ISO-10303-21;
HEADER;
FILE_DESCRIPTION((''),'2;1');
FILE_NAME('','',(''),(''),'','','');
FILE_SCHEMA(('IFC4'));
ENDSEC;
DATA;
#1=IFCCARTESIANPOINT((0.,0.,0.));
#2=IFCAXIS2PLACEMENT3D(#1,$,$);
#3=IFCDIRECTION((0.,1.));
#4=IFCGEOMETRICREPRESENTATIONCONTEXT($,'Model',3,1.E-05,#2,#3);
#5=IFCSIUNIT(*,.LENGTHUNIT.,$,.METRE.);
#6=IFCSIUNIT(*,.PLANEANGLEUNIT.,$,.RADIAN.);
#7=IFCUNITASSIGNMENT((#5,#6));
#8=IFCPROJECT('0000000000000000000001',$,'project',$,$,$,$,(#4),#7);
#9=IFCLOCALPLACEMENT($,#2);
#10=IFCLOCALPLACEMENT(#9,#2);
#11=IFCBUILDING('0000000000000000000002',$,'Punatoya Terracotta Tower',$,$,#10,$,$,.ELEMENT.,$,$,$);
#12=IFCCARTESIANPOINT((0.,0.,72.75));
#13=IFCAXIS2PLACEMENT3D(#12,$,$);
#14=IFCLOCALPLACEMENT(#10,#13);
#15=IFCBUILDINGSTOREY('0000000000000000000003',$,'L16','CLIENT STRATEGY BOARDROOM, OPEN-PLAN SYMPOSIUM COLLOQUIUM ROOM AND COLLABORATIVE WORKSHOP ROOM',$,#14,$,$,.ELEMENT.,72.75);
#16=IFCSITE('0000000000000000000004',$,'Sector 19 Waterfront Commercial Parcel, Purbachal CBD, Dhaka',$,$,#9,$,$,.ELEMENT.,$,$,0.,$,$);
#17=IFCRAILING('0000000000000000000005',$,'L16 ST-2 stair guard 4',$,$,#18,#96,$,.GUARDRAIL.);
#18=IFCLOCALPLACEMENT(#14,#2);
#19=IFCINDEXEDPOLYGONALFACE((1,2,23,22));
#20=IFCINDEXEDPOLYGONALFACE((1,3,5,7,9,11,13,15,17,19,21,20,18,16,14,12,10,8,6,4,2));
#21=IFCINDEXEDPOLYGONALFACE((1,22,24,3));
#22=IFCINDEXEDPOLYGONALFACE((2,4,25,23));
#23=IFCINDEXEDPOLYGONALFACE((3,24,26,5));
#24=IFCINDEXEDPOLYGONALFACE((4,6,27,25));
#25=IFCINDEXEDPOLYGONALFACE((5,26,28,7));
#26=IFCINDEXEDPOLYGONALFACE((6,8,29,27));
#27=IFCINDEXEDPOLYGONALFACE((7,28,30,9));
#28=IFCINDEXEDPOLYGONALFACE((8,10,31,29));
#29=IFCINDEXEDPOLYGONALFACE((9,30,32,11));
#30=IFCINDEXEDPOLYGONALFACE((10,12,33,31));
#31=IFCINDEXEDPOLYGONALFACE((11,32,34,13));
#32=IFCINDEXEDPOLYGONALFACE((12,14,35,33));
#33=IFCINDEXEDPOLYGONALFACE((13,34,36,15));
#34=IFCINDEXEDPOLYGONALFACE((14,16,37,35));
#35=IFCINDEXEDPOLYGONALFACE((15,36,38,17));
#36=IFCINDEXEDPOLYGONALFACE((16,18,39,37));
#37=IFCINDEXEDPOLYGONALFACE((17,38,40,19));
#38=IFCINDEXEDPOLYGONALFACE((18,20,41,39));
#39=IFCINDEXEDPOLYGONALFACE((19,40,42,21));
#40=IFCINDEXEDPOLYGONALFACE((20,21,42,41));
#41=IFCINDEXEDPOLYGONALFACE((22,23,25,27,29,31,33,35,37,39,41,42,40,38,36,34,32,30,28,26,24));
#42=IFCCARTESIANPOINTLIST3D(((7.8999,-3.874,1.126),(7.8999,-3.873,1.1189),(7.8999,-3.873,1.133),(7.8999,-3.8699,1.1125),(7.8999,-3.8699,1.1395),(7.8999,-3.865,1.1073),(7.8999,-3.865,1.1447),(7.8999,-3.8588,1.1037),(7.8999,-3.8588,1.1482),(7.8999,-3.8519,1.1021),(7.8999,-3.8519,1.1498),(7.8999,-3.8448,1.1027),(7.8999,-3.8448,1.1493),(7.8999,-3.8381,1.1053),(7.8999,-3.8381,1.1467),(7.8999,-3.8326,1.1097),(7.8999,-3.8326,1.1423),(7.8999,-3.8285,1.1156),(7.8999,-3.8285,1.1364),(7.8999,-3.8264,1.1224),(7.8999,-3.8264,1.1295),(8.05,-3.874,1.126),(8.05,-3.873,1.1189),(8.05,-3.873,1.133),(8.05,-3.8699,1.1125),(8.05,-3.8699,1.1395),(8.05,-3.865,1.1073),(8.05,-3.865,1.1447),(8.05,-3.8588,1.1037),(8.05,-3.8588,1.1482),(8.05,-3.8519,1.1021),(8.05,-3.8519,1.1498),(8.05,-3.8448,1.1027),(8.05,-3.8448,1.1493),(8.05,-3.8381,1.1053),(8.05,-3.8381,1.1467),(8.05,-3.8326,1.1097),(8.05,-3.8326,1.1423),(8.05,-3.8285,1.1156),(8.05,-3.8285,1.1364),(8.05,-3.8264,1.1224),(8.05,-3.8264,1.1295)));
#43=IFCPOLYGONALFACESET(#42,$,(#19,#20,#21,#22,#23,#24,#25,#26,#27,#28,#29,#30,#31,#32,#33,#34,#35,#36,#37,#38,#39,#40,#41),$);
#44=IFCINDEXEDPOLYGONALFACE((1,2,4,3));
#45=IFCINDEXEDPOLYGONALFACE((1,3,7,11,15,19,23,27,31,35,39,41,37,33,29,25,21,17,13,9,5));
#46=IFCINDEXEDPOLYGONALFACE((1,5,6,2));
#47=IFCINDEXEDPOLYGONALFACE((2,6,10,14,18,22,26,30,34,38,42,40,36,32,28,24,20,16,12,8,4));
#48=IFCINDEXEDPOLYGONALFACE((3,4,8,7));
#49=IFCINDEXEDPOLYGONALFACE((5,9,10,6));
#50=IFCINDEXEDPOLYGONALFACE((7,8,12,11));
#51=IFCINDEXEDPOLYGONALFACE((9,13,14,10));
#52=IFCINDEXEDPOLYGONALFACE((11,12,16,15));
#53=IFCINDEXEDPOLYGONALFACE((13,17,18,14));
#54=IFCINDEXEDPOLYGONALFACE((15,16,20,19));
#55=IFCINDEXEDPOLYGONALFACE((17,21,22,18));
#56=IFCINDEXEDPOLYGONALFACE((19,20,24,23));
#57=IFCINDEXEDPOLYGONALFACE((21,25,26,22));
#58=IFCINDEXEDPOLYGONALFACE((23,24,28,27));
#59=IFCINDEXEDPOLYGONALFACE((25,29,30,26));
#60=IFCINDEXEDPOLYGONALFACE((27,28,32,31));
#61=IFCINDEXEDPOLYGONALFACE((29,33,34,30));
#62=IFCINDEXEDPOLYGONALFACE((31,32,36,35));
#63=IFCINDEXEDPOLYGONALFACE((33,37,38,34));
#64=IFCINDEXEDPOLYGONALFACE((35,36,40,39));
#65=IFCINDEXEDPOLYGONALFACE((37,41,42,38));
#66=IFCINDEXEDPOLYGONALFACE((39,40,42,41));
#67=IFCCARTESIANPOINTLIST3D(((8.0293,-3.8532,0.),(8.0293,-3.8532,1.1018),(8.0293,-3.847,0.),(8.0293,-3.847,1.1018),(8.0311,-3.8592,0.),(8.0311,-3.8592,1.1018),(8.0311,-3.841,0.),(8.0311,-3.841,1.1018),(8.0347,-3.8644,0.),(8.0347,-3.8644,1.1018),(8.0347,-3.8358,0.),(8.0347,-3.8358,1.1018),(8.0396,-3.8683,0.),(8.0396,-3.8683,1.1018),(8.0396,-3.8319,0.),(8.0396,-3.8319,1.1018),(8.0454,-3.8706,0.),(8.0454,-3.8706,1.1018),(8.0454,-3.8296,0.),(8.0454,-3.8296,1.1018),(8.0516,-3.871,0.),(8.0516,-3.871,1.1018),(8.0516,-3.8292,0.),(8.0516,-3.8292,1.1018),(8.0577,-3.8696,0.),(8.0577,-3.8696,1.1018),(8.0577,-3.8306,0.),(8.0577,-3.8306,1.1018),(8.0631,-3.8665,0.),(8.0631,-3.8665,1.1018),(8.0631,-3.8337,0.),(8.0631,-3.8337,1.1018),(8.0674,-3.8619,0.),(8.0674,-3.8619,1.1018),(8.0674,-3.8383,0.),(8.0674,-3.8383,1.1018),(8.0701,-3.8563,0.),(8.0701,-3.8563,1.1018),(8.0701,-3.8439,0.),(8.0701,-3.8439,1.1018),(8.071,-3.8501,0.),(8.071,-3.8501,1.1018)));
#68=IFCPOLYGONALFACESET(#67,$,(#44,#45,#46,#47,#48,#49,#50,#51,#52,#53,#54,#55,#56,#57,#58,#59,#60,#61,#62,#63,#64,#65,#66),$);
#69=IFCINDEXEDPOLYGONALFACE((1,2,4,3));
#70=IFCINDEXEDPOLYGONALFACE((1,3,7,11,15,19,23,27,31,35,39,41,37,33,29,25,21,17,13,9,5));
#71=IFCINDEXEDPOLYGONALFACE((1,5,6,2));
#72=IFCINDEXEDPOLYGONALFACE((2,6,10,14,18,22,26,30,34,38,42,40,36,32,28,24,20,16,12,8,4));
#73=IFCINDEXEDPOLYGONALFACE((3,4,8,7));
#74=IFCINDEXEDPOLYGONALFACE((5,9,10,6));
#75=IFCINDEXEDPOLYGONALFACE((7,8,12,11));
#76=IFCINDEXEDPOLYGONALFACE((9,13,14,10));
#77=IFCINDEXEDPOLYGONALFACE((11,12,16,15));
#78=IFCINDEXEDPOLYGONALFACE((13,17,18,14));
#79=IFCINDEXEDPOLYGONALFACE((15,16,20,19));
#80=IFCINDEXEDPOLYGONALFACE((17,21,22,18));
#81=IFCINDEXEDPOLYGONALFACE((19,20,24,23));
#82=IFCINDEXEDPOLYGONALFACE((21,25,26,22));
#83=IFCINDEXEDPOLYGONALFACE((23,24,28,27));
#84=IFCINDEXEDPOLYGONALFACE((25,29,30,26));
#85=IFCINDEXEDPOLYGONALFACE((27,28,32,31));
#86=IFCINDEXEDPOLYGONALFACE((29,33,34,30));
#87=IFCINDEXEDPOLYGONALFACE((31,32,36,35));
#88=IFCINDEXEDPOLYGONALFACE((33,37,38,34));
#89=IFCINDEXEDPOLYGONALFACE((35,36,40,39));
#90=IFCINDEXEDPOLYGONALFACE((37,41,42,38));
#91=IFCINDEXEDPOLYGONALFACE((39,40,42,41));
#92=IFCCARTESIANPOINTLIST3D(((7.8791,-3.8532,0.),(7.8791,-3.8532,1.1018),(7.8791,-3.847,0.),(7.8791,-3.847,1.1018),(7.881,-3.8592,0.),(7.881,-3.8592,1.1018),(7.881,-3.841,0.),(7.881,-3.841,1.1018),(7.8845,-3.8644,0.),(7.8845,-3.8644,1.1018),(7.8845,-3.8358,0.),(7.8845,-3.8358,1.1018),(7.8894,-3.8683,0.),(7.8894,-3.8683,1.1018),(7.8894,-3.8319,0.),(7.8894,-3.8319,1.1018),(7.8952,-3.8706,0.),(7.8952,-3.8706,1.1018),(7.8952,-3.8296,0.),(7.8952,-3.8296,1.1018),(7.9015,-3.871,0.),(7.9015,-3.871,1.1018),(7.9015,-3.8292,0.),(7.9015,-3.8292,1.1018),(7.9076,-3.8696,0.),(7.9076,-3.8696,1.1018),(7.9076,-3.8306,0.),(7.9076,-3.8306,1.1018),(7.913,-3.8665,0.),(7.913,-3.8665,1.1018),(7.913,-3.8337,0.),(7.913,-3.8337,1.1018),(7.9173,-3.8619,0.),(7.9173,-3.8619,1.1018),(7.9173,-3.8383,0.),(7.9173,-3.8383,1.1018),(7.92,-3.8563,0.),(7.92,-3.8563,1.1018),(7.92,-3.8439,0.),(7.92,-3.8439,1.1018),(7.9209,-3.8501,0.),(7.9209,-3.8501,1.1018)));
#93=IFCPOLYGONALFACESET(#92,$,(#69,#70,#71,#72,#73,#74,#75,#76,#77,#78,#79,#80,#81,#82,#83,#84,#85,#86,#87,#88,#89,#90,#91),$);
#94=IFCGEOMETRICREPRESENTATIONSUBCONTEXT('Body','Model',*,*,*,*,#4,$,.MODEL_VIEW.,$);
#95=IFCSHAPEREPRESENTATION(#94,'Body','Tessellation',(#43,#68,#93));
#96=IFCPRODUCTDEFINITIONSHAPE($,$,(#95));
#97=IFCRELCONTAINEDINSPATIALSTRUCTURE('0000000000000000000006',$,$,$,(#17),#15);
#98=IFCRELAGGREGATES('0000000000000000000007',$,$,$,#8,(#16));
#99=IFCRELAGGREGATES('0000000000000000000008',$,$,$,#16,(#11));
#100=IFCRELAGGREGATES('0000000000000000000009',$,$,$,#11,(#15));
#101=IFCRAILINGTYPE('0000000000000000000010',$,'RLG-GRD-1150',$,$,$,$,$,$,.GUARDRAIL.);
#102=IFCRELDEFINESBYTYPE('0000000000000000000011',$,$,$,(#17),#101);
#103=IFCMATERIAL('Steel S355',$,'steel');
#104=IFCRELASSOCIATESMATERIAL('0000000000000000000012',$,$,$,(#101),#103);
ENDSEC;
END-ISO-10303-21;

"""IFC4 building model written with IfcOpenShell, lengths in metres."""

from ifc_helpers import new_model, si_unit, direction, frame, origin, origin_2d, place, context, subcontext, project, spatial, circle, extrude, material, type_object, element, save


model = new_model("IFC4")

# Units and contexts
model_context = context("Model", 3, precision=1e-05, world=origin(), true_north=direction((0.0, 1.0)))
body_context = subcontext(model_context, "Body", "Model", "MODEL_VIEW")
ifc_project = project(units=[si_unit("LENGTHUNIT", "METRE"), si_unit("PLANEANGLEUNIT", "RADIAN")], contexts=[model_context])

# Site, building, storey
site_placement = place(None, origin())
site = spatial("IfcSite", under=ifc_project, at=site_placement, Name="Sector 19 Waterfront Commercial Parcel, Purbachal CBD, Dhaka", CompositionType="ELEMENT", RefElevation=0.0)
building_placement = place(site_placement, origin())
building = spatial("IfcBuilding", under=site, at=building_placement, Name="Punatoya Terracotta Tower", CompositionType="ELEMENT")
storey_placement = place(building_placement, frame((0.0, 0.0, 72.75)))
storey = spatial("IfcBuildingStorey", under=building, at=storey_placement, Name="L16", Description="CLIENT STRATEGY BOARDROOM, OPEN-PLAN SYMPOSIUM COLLOQUIUM ROOM AND COLLABORATIVE WORKSHOP ROOM", CompositionType="ELEMENT", Elevation=72.75)

# Railing
ifc_material_1 = material(Name="Steel S355", Category="steel")
railing_type = type_object("IfcRailingType", Name="RLG-GRD-1150", PredefinedType="GUARDRAIL", material=ifc_material_1)
railing_placement = place(storey_placement, frame((8.05, -3.8501, 0.0)))
element("IfcRailing", 1, at=railing_placement, inside=storey, type_object=railing_type, Name="L16 ST-2 stair guard 4", PredefinedType="GUARDRAIL", context=body_context, shape_type="SweptSolid", body=[
    extrude(circle(Radius=0.0239, at=origin_2d()), frame((0.0, 0.0, 1.126), z_axis=(-1.0, 0.0, 0.0), x_axis=(0.0, -1.0, 0.0)), (0.0, 0.0, 1.0), 0.1501),
    extrude(circle(Radius=0.021, at=origin_2d()), origin(), (0.0, 0.0, 1.0), 1.1018),
    extrude(circle(Radius=0.021, at=origin_2d()), frame((-0.1501, 0.0, 0.0)), (0.0, 0.0, 1.0), 1.1018),
])

save(model, "model.ifc")
